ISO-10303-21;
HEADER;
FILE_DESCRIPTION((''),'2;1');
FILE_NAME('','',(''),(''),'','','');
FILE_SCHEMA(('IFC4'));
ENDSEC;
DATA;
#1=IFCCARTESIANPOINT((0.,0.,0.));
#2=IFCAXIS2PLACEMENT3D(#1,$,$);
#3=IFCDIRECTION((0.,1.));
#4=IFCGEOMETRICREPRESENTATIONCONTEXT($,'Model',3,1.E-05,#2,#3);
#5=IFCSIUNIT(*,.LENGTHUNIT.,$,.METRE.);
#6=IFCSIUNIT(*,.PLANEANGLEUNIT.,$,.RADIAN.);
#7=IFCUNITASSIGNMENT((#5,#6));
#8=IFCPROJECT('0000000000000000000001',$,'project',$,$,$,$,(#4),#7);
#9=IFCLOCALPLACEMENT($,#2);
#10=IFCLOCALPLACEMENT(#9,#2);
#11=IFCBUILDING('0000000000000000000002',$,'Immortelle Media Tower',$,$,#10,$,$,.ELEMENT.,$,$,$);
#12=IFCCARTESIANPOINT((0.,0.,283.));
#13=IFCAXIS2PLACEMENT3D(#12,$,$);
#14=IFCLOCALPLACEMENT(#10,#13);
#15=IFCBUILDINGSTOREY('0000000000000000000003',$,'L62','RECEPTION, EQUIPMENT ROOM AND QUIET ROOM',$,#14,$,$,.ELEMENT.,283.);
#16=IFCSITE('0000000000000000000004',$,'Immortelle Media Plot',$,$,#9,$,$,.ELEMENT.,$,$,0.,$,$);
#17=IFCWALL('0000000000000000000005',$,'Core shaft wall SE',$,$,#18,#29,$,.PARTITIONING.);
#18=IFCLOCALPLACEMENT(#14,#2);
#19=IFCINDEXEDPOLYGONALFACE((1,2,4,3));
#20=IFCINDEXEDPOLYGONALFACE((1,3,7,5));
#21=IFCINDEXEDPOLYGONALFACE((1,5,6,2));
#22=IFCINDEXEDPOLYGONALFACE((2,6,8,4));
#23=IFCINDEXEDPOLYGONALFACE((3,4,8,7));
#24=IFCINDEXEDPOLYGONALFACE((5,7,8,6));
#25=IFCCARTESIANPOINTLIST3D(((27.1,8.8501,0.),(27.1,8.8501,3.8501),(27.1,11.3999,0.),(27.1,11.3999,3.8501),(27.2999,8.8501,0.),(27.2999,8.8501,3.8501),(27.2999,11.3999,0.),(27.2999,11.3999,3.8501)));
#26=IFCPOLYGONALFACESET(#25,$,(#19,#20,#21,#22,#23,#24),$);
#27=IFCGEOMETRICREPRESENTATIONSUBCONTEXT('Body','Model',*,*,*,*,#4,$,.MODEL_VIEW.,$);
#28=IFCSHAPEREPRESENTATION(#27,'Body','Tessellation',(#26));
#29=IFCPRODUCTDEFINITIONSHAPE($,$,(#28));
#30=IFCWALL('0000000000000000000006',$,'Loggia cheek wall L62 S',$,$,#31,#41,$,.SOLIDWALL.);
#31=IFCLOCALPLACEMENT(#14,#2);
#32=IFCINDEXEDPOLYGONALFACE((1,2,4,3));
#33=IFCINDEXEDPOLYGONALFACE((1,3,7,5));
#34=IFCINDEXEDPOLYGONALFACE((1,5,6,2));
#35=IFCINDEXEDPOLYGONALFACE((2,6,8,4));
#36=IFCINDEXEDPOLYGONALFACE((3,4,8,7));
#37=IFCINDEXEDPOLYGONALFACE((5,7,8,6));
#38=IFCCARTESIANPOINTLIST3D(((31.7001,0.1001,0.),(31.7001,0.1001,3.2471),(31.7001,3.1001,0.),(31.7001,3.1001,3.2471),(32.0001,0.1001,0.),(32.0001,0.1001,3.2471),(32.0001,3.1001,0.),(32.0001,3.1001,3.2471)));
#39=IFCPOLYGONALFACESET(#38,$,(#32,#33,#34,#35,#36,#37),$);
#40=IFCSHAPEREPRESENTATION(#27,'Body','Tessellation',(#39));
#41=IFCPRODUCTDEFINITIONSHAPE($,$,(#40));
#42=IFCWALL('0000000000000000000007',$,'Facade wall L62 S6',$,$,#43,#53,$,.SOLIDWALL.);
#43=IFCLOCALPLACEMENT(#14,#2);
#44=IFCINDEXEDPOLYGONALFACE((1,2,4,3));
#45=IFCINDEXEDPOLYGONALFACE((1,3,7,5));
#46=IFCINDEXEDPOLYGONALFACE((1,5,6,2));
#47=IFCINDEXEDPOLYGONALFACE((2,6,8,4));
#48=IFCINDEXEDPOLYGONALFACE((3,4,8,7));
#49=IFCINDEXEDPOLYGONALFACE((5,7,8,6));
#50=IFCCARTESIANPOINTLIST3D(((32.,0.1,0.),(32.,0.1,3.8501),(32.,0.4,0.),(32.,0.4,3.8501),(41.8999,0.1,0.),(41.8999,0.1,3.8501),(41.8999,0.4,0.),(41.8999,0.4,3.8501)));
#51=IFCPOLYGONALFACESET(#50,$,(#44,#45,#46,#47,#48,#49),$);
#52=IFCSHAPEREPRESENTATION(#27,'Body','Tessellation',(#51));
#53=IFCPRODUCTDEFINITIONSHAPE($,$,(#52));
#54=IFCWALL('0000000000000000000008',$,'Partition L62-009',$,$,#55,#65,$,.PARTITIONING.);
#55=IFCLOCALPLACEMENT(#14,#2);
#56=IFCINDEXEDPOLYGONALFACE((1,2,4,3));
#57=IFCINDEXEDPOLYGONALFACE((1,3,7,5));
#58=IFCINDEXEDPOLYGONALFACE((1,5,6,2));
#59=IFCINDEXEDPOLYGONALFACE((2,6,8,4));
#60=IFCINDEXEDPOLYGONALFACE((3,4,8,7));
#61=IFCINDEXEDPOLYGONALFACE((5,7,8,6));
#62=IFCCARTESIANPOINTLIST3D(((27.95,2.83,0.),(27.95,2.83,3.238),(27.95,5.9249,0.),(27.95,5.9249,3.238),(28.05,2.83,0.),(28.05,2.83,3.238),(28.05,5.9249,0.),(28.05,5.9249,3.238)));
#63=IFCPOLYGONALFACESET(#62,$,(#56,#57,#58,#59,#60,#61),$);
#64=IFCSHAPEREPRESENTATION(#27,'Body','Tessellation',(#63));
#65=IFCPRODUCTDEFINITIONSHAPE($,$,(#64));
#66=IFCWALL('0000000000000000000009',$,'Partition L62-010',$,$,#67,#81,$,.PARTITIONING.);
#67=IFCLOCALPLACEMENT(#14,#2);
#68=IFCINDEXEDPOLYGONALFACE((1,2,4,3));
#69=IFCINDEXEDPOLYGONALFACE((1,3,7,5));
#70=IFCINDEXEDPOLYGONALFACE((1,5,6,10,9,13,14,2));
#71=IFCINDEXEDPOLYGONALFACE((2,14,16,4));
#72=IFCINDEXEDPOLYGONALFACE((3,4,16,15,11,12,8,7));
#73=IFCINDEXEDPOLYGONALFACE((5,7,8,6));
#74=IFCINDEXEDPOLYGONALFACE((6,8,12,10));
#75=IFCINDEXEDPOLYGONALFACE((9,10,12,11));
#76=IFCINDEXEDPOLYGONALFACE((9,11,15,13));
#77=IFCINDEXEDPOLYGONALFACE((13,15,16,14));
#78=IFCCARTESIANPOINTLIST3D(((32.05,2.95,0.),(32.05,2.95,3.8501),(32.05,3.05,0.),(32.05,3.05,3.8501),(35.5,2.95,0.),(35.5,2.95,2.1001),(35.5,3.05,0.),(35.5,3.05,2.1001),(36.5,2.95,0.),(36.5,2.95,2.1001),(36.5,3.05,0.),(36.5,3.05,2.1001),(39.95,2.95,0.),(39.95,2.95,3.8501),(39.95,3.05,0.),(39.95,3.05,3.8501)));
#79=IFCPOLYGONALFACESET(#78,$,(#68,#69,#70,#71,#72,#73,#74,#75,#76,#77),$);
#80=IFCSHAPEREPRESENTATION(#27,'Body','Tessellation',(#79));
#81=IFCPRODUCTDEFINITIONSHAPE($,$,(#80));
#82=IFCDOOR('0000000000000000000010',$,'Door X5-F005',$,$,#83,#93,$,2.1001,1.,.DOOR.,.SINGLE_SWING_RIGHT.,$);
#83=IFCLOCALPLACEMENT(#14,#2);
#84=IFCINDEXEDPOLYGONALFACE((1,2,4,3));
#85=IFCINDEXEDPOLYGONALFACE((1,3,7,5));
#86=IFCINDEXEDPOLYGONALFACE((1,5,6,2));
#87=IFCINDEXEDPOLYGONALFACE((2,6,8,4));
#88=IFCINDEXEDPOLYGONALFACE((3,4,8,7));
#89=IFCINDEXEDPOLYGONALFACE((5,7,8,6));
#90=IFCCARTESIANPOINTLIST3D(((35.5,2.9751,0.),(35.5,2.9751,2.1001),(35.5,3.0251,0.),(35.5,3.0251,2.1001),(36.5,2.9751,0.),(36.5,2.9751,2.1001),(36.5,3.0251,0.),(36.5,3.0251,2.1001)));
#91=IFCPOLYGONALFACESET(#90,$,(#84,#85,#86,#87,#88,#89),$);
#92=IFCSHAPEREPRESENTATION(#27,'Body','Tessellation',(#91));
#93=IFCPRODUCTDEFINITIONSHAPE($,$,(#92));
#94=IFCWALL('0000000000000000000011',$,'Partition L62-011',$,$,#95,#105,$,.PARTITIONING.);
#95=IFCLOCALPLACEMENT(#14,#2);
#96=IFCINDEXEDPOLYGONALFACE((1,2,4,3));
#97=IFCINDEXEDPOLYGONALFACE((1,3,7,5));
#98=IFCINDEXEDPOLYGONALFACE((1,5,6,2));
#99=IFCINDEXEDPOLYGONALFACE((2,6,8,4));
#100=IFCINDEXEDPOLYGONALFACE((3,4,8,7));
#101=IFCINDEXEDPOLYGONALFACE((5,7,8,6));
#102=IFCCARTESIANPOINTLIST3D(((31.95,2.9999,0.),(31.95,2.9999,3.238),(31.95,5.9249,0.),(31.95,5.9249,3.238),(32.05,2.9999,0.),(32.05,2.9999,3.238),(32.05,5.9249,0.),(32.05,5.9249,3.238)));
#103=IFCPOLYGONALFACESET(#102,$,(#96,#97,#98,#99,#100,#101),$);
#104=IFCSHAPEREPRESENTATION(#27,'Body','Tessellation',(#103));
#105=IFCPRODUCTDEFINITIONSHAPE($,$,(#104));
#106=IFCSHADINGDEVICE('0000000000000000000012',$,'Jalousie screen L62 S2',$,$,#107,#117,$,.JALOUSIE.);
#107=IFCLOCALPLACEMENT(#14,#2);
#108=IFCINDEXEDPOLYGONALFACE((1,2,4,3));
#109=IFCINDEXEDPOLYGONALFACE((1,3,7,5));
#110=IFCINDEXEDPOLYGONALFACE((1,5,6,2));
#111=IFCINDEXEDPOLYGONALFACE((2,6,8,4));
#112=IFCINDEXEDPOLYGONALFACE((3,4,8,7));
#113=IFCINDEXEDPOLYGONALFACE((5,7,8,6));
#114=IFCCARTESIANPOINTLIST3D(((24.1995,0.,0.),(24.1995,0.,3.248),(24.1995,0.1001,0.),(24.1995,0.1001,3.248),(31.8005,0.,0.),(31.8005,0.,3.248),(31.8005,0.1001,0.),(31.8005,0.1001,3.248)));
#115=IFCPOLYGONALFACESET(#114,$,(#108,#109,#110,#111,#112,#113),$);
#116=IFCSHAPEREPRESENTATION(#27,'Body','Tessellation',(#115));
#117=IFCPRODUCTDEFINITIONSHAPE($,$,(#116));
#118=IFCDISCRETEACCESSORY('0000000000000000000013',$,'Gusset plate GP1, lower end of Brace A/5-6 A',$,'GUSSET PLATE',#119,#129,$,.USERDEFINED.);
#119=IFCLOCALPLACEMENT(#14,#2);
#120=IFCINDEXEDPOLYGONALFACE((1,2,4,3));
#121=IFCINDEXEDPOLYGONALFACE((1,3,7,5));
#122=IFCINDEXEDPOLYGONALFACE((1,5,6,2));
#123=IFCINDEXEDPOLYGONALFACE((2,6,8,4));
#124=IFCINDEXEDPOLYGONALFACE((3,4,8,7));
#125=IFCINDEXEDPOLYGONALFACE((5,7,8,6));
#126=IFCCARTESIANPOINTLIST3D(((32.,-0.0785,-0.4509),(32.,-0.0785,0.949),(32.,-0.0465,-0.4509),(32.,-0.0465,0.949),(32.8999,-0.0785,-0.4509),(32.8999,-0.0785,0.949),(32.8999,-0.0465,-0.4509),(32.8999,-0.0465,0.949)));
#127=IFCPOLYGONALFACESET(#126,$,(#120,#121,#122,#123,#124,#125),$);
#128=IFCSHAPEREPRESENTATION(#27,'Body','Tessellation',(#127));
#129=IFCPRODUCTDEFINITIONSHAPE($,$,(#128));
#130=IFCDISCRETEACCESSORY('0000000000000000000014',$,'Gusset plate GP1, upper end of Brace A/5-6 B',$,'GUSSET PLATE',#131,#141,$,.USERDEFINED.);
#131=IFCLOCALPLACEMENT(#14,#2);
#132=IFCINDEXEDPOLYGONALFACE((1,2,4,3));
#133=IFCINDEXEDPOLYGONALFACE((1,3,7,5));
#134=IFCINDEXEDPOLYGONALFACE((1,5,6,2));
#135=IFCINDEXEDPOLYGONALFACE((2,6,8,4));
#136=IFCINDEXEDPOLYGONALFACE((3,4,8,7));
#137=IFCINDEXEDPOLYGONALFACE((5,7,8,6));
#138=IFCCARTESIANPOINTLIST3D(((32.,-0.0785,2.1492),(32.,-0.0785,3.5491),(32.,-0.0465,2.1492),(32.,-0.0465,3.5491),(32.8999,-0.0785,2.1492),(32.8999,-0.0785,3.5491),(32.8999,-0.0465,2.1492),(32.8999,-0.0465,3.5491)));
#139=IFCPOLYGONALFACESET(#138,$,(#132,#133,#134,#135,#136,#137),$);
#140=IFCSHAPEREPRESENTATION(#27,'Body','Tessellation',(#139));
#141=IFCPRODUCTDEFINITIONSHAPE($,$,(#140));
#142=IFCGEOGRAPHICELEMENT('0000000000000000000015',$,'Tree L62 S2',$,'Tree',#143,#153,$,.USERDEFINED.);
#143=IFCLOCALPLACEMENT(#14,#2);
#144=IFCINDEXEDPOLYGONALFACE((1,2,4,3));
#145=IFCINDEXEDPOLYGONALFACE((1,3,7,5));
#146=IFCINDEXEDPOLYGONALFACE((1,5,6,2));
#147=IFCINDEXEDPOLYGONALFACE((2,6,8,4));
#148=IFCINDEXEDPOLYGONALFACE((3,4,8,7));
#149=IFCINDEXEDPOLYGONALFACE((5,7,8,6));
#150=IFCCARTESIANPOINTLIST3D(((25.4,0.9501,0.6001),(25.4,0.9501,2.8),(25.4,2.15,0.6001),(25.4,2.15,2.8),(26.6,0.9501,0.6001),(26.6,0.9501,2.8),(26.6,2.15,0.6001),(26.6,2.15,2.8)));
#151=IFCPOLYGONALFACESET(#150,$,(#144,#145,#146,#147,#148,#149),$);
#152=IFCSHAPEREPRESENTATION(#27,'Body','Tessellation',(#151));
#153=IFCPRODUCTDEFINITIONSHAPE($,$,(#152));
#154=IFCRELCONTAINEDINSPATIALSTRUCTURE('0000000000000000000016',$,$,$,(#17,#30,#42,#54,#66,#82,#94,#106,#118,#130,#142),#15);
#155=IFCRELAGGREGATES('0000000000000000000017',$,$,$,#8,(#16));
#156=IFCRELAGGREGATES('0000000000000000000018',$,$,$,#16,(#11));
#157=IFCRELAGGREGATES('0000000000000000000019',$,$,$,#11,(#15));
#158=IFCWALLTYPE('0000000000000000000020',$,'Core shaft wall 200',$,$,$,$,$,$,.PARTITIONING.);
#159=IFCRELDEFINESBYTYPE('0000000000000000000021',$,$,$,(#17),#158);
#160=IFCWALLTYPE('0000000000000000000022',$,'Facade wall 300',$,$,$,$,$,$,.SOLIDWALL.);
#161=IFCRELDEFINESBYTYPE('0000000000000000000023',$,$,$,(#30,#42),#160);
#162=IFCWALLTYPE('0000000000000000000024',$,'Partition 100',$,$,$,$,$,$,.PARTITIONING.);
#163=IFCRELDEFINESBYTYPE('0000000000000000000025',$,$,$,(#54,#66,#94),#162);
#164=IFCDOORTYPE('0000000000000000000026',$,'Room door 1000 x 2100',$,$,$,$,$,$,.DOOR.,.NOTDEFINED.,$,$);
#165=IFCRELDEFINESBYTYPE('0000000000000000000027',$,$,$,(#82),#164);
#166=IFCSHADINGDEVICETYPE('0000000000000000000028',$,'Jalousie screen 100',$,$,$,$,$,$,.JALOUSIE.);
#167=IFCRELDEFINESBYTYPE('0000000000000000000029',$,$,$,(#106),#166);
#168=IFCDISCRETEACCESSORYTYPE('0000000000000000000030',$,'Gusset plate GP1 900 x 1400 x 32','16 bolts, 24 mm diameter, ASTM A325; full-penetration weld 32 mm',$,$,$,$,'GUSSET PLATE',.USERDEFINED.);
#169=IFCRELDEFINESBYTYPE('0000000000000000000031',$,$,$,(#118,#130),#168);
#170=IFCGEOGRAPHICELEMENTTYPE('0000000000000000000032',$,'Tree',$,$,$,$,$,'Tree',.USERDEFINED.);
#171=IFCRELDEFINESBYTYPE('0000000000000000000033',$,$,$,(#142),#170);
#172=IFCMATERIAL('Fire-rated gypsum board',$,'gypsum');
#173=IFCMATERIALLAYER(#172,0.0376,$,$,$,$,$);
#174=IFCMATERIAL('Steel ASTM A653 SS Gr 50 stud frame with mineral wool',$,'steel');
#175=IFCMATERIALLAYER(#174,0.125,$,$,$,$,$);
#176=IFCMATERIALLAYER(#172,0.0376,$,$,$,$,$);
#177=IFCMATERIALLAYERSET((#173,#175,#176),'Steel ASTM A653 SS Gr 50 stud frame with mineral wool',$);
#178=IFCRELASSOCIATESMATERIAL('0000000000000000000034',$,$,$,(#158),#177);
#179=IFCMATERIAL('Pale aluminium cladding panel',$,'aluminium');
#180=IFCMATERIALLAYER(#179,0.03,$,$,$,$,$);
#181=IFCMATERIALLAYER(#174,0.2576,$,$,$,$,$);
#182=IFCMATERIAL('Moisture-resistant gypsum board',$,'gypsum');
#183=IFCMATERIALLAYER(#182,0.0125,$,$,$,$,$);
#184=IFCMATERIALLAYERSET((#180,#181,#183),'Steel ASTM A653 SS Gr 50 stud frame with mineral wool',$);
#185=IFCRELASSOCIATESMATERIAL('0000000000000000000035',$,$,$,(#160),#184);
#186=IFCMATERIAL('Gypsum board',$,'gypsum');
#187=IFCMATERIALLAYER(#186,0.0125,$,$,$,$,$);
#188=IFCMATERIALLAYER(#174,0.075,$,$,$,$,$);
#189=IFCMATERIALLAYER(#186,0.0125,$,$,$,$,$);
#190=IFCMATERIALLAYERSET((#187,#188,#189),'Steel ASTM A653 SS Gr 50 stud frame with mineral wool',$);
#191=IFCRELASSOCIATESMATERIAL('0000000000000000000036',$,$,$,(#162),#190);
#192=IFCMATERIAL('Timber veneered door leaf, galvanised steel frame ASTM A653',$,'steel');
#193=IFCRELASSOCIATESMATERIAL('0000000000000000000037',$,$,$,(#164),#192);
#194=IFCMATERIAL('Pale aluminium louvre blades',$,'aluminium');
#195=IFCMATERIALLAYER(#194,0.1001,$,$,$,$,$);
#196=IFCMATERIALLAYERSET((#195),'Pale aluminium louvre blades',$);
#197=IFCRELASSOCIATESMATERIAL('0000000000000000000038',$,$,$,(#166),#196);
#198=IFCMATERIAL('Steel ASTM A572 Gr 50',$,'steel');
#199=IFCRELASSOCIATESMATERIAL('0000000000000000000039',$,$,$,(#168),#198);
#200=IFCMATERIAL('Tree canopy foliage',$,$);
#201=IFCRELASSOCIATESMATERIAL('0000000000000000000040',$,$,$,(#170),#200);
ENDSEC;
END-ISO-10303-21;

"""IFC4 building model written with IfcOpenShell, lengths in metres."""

from ifc_helpers import new_model, si_unit, direction, frame, frame_2d, origin, origin_2d, place, context, subcontext, project, spatial, rectangle, extrude, material, layer, layer_set, material_profile, profile_set, type_object, element, fill, save


model = new_model("IFC4")

# Units and contexts
model_context = context("Model", 3, precision=1e-05, world=origin(), true_north=direction((0.0, 1.0)))
body_context = subcontext(model_context, "Body", "Model", "MODEL_VIEW")
ifc_project = project(units=[si_unit("LENGTHUNIT", "METRE"), si_unit("PLANEANGLEUNIT", "RADIAN")], contexts=[model_context])

# Site, building, storey
site_placement = place(None, origin())
site = spatial("IfcSite", under=ifc_project, at=site_placement, Name="Immortelle Media Plot", CompositionType="ELEMENT", RefElevation=0.0)
building_placement = place(site_placement, origin())
building = spatial("IfcBuilding", under=site, at=building_placement, Name="Immortelle Media Tower", CompositionType="ELEMENT")
storey_placement = place(building_placement, frame((0.0, 0.0, 283.0)))
storey = spatial("IfcBuildingStorey", under=building, at=storey_placement, Name="L62", Description="RECEPTION, EQUIPMENT ROOM AND QUIET ROOM", CompositionType="ELEMENT", Elevation=283.0)

# Walls
ifc_material_1 = material(Name="Fire-rated gypsum board", Category="gypsum")
ifc_layer_1 = layer(ifc_material_1, 0.0376)
ifc_material_2 = material(Name="Steel ASTM A653 SS Gr 50 stud frame with mineral wool", Category="steel")
ifc_layer_2 = layer(ifc_material_2, 0.125)
ifc_layer_3 = layer(ifc_material_1, 0.0376)
ifc_layer_set_1 = layer_set([ifc_layer_1, ifc_layer_2, ifc_layer_3], Name="Steel ASTM A653 SS Gr 50 stud frame with mineral wool")
wall_type_1 = type_object("IfcWallType", Name="Core shaft wall 200", PredefinedType="PARTITIONING", material=ifc_layer_set_1)
wall_1_placement = place(storey_placement, frame((27.2, 8.8501, 0.0), z_axis=(0.0, 0.0, 1.0), x_axis=(0.0, 1.0, 0.0)))
element("IfcWall", 1, at=wall_1_placement, inside=storey, type_object=wall_type_1, Name="Core shaft wall SE", PredefinedType="PARTITIONING", context=body_context, shape_type="SweptSolid", body=[
    extrude(rectangle(XDim=2.5498, YDim=0.2, at=frame_2d((1.2749, 0.0))), origin(), (0.0, 0.0, 1.0), 3.8501),
])
ifc_material_3 = material(Name="Pale aluminium cladding panel", Category="aluminium")
ifc_layer_4 = layer(ifc_material_3, 0.03)
ifc_layer_5 = layer(ifc_material_2, 0.2576)
ifc_material_4 = material(Name="Moisture-resistant gypsum board", Category="gypsum")
ifc_layer_6 = layer(ifc_material_4, 0.0125)
ifc_layer_set_2 = layer_set([ifc_layer_4, ifc_layer_5, ifc_layer_6], Name="Steel ASTM A653 SS Gr 50 stud frame with mineral wool")
wall_type_2 = type_object("IfcWallType", Name="Facade wall 300", PredefinedType="SOLIDWALL", material=ifc_layer_set_2)
wall_2_placement = place(storey_placement, frame((31.8501, 0.1001, 0.0), z_axis=(0.0, 0.0, 1.0), x_axis=(0.0, 1.0, 0.0)))
element("IfcWall", 2, at=wall_2_placement, inside=storey, type_object=wall_type_2, Name="Loggia cheek wall L62 S", PredefinedType="SOLIDWALL", context=body_context, shape_type="SweptSolid", body=[
    extrude(rectangle(XDim=3.0, YDim=0.3, at=frame_2d((1.5, 0.0))), origin(), (0.0, 0.0, 1.0), 3.2471),
])
wall_3_placement = place(storey_placement, frame((32.0, 0.25, 0.0), z_axis=(0.0, 0.0, 1.0), x_axis=(1.0, 0.0, 0.0)))
element("IfcWall", 3, at=wall_3_placement, inside=storey, type_object=wall_type_2, Name="Facade wall L62 S6", PredefinedType="SOLIDWALL", context=body_context, shape_type="SweptSolid", body=[
    extrude(rectangle(XDim=9.8999, YDim=0.3, at=frame_2d((4.95, 0.0))), origin(), (0.0, 0.0, 1.0), 3.8501),
])
ifc_material_5 = material(Name="Gypsum board", Category="gypsum")
ifc_layer_7 = layer(ifc_material_5, 0.0125)
ifc_layer_8 = layer(ifc_material_2, 0.075)
ifc_layer_9 = layer(ifc_material_5, 0.0125)
ifc_layer_set_3 = layer_set([ifc_layer_7, ifc_layer_8, ifc_layer_9], Name="Steel ASTM A653 SS Gr 50 stud frame with mineral wool")
wall_type_3 = type_object("IfcWallType", Name="Partition 100", PredefinedType="PARTITIONING", material=ifc_layer_set_3)
wall_4_placement = place(storey_placement, frame((28.0, 2.8301, 0.0), z_axis=(0.0, 0.0, 1.0), x_axis=(0.0, 1.0, 0.0)))
element("IfcWall", 4, at=wall_4_placement, inside=storey, type_object=wall_type_3, Name="Partition L62-009", PredefinedType="PARTITIONING", context=body_context, shape_type="SweptSolid", body=[
    extrude(rectangle(XDim=3.095, YDim=0.1001, at=frame_2d((1.5474, 0.0))), origin(), (0.0, 0.0, 1.0), 3.238),
])

# Wall, opening, door
wall_5_placement = place(storey_placement, frame((32.05, 3.0, 0.0), z_axis=(0.0, 0.0, 1.0), x_axis=(1.0, 0.0, 0.0)))
wall_5 = element("IfcWall", 5, at=wall_5_placement, inside=storey, type_object=wall_type_3, Name="Partition L62-010", PredefinedType="PARTITIONING", context=body_context, shape_type="SweptSolid", body=[
    extrude(rectangle(XDim=7.8999, YDim=0.1001, at=frame_2d((3.95, 0.0))), origin(), (0.0, 0.0, 1.0), 3.8501),
])
opening_placement = place(wall_5_placement, frame((4.45, 0.0, 0.0), z_axis=(0.0, 0.0, 1.0), x_axis=(-1.0, 0.0, 0.0)))
opening = element("IfcOpeningElement", 6, at=opening_placement, cuts=wall_5, PredefinedType="OPENING", context=body_context, shape_type="SweptSolid", body=[
    extrude(rectangle(XDim=1.0, YDim=2.1001, at=frame_2d((0.5, 1.05))), frame((0.0, 0.0601, 0.0), z_axis=(0.0, -1.0, 0.0), x_axis=(1.0, 0.0, 0.0)), (0.0, 0.0, 1.0), 0.1201),
])
ifc_material_6 = material(Name="Timber veneered door leaf, galvanised steel frame ASTM A653", Category="steel")
door_type = type_object("IfcDoorType", Name="Room door 1000 x 2100", OperationType="NOTDEFINED", PredefinedType="DOOR", material=ifc_material_6)
door_placement = place(opening_placement, origin())
door = element("IfcDoor", 7, at=door_placement, inside=storey, type_object=door_type, Name="Door X5-F005", OperationType="SINGLE_SWING_RIGHT", OverallHeight=2.1001, OverallWidth=1.0, PredefinedType="DOOR", context=body_context, shape_type="SweptSolid", body=[
    extrude(rectangle(XDim=1.0, YDim=2.1001, at=frame_2d((0.5, 1.05))), frame((0.0, 0.0249, 0.0), z_axis=(0.0, -1.0, 0.0), x_axis=(1.0, 0.0, 0.0)), (0.0, 0.0, 1.0), 0.05),
])
fill(opening, door)

# Wall
wall_6_placement = place(storey_placement, frame((32.0, 3.0, 0.0), z_axis=(0.0, 0.0, 1.0), x_axis=(0.0, 1.0, 0.0)))
element("IfcWall", 8, at=wall_6_placement, inside=storey, type_object=wall_type_3, Name="Partition L62-011", PredefinedType="PARTITIONING", context=body_context, shape_type="SweptSolid", body=[
    extrude(rectangle(XDim=2.925, YDim=0.1001, at=frame_2d((1.4624, 0.0))), origin(), (0.0, 0.0, 1.0), 3.238),
])

# Shading device
ifc_material_7 = material(Name="Pale aluminium louvre blades", Category="aluminium")
ifc_layer_10 = layer(ifc_material_7, 0.1001)
ifc_layer_set_4 = layer_set([ifc_layer_10], Name="Pale aluminium louvre blades")
shading_device_type = type_object("IfcShadingDeviceType", Name="Jalousie screen 100", PredefinedType="JALOUSIE", material=ifc_layer_set_4)
shading_device_placement = place(storey_placement, frame((28.0, 0.05, 0.0), z_axis=(0.0, 0.0, 1.0), x_axis=(1.0, 0.0, 0.0)))
element("IfcShadingDevice", 9, at=shading_device_placement, inside=storey, type_object=shading_device_type, Name="Jalousie screen L62 S2", PredefinedType="JALOUSIE", context=body_context, shape_type="SweptSolid", body=[
    extrude(rectangle(XDim=7.6011, YDim=0.1001, at=origin_2d()), origin(), (0.0, 0.0, 1.0), 3.248),
])

# Discrete accessories
ifc_material_8 = material(Name="Steel ASTM A572 Gr 50", Category="steel")
ifc_material_profile_1 = material_profile(ifc_material_8, rectangle(XDim=0.032, YDim=1.3999, at=origin_2d()), Name="PL 32 x 1400")
ifc_profile_set_1 = profile_set([ifc_material_profile_1], Name="Steel ASTM A572 Gr 50")
discrete_accessory_type = type_object("IfcDiscreteAccessoryType", Name="Gusset plate GP1 900 x 1400 x 32", Description="16 bolts, 24 mm diameter, ASTM A325; full-penetration weld 32 mm", ElementType="GUSSET PLATE", PredefinedType="USERDEFINED", material=ifc_profile_set_1)
for number, where, z_axis, x_axis, name in (
    (10, (32.0, -0.0625, 0.249), (1.0, 0.0, 0.0), (0.0, 1.0, 0.0), "Gusset plate GP1, lower end of Brace A/5-6 A"),
    (11, (32.0, -0.0625, 2.8491), (1.0, 0.0, 0.0), (0.0, 1.0, 0.0), "Gusset plate GP1, upper end of Brace A/5-6 B"),
):
    element("IfcDiscreteAccessory", number, at=place(storey_placement, frame(where, z_axis=z_axis, x_axis=x_axis)), inside=storey, type_object=discrete_accessory_type, Name=name, ObjectType="GUSSET PLATE", PredefinedType="USERDEFINED", context=body_context, shape_type="SweptSolid", body=[
        extrude(rectangle(XDim=0.032, YDim=1.3999, at=origin_2d()), origin(), (0.0, 0.0, 1.0), 0.8999),
    ])

# Geographic element
ifc_material_9 = material(Name="Tree canopy foliage")
geographic_element_type = type_object("IfcGeographicElementType", Name="Tree", ElementType="Tree", PredefinedType="USERDEFINED", material=ifc_material_9)
geographic_element_placement = place(storey_placement, frame((26.0, 1.55, 0.6001), z_axis=(0.0, 0.0, 1.0), x_axis=(1.0, 0.0, 0.0)))
element("IfcGeographicElement", 12, at=geographic_element_placement, inside=storey, type_object=geographic_element_type, Name="Tree L62 S2", ObjectType="Tree", PredefinedType="USERDEFINED", context=body_context, shape_type="SweptSolid", body=[
    extrude(rectangle(XDim=1.2, YDim=1.2, at=origin_2d()), origin(), (0.0, 0.0, 1.0), 2.2),
])

save(model, "model.ifc")
